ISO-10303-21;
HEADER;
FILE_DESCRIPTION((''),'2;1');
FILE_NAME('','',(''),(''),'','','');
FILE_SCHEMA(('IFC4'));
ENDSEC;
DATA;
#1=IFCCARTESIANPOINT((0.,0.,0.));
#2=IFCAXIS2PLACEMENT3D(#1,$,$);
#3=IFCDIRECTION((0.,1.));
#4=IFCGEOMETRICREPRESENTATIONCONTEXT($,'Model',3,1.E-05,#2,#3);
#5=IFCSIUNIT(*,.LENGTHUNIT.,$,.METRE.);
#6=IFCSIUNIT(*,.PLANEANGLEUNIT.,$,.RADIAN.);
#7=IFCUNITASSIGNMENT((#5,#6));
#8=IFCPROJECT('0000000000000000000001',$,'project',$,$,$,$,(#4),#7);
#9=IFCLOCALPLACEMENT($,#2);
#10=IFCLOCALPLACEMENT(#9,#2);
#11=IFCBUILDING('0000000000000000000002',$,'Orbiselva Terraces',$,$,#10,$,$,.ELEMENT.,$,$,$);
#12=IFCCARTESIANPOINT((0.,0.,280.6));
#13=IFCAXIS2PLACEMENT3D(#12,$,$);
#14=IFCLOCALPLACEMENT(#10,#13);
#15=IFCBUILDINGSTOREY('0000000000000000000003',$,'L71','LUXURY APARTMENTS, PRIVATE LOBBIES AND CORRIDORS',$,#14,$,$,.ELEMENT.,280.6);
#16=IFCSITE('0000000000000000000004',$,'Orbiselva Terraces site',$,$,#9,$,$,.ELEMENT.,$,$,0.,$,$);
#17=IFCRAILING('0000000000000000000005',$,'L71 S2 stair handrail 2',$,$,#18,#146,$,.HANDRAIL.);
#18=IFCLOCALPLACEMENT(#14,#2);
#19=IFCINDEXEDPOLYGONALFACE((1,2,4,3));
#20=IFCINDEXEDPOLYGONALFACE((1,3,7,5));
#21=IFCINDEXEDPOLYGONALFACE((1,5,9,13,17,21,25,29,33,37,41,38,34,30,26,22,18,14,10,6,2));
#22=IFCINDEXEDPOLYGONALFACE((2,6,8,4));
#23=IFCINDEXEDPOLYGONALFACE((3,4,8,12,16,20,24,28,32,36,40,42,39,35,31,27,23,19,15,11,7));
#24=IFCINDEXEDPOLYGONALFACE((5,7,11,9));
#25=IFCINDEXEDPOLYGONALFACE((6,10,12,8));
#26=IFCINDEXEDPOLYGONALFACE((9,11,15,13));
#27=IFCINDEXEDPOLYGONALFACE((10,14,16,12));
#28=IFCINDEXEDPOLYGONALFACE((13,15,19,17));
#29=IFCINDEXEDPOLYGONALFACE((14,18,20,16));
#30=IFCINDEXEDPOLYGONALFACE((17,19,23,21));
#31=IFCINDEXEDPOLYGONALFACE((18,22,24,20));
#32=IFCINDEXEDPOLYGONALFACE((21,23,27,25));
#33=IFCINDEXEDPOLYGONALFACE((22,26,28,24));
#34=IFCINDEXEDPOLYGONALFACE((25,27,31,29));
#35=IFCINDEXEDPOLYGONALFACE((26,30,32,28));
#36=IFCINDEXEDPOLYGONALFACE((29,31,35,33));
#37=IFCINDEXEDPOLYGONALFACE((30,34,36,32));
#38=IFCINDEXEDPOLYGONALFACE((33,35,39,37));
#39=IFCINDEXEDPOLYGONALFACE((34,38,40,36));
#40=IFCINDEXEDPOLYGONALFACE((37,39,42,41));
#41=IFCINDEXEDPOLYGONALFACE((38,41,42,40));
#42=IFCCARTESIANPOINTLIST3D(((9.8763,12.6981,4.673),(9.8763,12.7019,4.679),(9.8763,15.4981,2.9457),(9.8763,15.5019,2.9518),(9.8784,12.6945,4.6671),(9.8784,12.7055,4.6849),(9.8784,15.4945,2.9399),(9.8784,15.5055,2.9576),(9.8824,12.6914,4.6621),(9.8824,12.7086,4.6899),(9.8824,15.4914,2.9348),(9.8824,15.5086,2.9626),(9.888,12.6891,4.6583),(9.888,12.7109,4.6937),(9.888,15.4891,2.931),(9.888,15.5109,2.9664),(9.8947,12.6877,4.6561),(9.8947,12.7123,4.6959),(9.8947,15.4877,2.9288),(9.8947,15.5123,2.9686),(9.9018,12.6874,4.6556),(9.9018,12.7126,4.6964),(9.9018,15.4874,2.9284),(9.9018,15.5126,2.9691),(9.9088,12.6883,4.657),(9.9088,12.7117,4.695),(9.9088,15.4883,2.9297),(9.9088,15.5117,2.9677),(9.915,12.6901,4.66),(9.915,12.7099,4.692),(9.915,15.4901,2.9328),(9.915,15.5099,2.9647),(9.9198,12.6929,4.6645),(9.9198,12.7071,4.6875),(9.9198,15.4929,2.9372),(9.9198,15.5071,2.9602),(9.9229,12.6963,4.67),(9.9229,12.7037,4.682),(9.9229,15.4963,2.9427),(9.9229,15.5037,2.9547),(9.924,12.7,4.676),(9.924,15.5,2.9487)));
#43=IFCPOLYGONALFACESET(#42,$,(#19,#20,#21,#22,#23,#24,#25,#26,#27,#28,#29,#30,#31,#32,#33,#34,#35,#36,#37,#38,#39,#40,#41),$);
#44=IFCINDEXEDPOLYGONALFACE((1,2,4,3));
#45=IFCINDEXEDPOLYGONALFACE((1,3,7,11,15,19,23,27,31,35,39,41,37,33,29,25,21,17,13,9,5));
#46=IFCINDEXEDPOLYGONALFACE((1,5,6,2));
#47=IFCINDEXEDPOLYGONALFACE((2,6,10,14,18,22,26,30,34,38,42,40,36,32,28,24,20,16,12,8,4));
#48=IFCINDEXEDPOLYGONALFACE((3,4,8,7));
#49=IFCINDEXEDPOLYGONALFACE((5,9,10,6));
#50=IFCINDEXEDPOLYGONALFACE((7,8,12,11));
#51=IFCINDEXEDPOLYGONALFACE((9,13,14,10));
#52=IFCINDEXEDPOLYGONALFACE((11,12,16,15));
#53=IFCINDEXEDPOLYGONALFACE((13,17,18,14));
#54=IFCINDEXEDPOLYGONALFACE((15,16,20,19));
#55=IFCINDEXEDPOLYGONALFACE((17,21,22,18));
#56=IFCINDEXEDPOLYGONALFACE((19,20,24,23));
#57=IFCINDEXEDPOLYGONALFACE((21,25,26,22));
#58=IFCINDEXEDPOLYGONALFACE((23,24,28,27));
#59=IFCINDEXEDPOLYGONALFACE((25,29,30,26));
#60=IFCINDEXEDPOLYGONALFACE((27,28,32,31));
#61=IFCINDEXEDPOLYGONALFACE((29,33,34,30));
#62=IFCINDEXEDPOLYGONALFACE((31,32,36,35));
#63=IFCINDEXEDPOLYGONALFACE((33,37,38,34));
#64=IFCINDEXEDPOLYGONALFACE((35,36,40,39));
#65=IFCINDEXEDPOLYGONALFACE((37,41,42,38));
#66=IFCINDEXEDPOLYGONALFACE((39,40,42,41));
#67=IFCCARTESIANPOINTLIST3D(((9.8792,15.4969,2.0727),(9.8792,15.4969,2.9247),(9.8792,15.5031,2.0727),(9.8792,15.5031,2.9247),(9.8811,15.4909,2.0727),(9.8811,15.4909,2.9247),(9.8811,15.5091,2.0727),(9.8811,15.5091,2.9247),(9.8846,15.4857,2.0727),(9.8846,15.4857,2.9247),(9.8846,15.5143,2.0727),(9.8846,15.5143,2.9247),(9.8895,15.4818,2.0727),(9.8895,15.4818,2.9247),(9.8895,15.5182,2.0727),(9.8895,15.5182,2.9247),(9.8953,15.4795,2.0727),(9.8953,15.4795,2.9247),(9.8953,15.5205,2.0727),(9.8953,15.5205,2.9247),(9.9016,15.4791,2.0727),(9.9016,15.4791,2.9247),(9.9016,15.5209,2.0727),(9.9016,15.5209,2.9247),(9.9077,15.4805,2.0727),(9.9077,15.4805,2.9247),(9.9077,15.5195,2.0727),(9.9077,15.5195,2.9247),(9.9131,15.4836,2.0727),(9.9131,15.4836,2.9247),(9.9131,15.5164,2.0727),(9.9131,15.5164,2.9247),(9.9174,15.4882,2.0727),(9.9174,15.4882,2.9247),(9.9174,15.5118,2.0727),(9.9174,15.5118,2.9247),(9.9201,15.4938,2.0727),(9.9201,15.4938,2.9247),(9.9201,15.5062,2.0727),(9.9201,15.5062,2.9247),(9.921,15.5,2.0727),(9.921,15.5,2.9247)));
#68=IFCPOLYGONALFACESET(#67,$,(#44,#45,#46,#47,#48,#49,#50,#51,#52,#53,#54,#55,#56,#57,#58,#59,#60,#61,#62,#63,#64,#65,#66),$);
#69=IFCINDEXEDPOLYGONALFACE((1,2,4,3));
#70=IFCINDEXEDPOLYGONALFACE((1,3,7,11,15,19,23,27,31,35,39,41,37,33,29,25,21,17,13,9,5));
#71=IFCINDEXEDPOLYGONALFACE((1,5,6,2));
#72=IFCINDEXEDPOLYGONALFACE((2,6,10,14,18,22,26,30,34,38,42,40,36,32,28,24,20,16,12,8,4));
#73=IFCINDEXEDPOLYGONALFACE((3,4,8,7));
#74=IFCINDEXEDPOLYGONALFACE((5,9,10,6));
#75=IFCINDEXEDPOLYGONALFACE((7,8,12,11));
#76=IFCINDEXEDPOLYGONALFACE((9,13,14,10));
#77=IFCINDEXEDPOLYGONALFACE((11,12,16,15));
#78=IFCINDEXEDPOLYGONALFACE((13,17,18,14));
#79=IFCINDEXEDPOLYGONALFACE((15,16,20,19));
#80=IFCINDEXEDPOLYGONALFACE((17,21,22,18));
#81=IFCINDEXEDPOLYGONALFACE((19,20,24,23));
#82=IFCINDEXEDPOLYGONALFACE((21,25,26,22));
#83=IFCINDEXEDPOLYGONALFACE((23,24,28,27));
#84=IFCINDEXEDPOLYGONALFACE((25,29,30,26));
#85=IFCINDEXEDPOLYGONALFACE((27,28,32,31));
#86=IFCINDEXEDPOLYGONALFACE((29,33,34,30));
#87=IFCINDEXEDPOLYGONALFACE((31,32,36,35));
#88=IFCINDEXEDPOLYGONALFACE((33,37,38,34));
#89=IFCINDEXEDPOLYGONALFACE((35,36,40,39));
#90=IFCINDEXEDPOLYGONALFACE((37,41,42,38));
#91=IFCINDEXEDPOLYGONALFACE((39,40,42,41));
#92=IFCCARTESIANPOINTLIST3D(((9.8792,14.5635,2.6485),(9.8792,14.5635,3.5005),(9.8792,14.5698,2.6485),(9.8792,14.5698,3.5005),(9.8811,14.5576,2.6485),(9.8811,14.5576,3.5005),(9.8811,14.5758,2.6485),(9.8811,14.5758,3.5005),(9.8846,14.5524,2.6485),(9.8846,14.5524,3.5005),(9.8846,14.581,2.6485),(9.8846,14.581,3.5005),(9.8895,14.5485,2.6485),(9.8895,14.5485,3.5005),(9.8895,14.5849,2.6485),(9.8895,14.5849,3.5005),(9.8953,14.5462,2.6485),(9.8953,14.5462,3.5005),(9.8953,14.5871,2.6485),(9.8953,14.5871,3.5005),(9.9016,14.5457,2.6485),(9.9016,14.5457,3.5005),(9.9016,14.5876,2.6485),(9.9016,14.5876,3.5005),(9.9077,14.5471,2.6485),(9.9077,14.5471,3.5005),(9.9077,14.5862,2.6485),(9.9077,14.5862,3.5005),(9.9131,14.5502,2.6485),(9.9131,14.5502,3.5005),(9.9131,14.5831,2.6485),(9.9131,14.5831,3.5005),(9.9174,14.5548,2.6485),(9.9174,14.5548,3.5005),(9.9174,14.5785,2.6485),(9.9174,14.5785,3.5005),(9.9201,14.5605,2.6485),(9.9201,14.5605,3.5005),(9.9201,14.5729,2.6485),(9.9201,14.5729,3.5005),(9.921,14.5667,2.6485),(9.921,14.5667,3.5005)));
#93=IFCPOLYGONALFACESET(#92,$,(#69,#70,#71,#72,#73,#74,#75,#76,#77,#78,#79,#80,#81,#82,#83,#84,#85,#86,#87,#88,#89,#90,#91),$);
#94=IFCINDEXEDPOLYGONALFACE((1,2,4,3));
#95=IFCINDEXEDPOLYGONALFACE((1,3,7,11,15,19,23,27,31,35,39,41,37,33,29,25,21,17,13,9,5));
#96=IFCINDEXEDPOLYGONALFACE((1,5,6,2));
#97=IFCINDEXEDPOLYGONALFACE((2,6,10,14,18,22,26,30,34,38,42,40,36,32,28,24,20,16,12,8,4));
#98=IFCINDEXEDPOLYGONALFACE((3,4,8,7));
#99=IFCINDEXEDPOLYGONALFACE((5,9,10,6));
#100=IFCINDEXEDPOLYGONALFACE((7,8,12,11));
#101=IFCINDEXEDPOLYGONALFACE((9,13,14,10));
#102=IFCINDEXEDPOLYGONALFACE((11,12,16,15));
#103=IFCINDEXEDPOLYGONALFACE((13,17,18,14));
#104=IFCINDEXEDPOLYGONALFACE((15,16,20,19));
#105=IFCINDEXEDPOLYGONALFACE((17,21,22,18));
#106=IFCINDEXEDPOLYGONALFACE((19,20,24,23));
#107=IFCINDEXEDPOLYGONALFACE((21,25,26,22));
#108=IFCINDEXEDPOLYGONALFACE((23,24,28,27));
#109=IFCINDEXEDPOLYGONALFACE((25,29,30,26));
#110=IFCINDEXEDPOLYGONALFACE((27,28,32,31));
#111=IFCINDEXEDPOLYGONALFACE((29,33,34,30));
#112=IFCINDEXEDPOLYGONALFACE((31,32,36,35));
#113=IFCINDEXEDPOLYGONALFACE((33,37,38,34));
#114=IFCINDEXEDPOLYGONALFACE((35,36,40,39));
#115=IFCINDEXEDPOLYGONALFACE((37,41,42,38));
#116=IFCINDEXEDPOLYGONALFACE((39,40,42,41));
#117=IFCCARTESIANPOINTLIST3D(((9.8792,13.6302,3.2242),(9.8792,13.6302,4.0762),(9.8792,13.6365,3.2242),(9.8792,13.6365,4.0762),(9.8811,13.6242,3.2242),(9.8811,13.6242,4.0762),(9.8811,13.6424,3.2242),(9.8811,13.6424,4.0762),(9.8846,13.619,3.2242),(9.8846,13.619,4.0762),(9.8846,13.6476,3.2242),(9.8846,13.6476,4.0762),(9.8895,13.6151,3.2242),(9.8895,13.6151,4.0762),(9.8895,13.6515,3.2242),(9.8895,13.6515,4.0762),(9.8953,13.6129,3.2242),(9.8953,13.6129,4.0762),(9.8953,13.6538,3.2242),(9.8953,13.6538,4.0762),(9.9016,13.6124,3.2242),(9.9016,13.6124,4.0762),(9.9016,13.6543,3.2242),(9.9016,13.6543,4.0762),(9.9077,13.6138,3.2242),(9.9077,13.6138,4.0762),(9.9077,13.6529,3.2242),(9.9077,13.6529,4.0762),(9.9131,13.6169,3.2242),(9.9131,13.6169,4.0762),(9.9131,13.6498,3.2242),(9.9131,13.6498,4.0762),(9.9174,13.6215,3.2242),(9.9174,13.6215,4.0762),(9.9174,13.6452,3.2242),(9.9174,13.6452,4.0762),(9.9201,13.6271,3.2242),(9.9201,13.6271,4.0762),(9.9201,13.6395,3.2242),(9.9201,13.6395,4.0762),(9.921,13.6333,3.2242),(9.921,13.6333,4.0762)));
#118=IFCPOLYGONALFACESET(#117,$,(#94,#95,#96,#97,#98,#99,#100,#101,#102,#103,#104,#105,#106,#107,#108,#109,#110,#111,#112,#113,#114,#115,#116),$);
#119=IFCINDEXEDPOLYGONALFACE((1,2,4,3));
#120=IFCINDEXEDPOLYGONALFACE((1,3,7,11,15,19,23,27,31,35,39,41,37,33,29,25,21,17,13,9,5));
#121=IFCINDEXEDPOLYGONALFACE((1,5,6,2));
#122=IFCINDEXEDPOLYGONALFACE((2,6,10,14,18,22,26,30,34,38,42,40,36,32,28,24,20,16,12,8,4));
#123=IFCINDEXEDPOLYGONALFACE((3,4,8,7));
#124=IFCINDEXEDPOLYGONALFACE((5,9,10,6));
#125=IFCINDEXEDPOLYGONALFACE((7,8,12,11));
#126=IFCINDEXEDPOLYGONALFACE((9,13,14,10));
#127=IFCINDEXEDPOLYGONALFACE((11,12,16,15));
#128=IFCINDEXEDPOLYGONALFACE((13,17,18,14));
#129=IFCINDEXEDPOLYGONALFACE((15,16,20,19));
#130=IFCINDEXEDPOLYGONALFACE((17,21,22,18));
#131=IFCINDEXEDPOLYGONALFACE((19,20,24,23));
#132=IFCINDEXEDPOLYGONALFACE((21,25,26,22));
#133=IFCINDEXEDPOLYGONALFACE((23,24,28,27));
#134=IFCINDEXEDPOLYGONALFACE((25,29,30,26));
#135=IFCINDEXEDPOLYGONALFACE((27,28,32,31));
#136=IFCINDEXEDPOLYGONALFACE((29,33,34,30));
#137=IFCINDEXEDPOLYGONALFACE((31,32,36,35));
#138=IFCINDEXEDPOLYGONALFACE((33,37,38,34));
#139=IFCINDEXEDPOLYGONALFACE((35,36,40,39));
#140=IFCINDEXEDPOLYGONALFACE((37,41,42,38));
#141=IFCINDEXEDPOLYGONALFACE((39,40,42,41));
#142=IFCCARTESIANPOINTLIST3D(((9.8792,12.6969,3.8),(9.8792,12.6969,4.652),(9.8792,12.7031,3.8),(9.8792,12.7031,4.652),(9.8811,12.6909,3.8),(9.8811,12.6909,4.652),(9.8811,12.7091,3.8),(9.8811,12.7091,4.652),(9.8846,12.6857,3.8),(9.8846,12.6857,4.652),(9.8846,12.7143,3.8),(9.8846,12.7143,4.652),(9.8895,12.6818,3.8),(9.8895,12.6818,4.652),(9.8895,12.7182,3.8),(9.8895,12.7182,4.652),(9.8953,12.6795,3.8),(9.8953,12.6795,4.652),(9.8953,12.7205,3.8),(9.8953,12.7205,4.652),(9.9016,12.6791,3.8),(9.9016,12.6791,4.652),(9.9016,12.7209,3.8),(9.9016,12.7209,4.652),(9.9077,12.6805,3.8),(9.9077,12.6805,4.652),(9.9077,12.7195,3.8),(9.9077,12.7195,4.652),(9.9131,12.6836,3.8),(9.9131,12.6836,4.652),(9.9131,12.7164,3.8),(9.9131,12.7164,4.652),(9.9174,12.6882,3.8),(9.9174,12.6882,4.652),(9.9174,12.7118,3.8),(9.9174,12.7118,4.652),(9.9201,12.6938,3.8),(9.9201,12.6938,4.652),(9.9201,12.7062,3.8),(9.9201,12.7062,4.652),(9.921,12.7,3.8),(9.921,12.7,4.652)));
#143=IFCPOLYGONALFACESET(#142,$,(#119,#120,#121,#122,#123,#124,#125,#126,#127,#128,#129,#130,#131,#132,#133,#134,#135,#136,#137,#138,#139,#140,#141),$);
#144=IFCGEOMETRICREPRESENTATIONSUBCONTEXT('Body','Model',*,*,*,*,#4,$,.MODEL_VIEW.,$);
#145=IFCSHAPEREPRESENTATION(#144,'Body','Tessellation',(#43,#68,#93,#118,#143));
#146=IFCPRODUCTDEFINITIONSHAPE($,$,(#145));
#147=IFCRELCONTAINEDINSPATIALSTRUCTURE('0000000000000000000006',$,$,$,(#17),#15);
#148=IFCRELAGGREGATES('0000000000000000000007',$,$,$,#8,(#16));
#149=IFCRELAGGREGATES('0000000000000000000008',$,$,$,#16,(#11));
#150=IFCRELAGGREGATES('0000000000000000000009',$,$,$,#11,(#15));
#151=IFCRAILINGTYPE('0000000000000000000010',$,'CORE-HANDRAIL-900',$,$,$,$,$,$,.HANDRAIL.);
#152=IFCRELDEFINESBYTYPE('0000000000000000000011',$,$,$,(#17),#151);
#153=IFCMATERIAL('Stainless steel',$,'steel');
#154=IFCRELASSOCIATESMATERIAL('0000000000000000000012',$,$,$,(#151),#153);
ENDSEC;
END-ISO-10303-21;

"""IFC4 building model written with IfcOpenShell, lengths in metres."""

from ifc_helpers import new_model, si_unit, direction, frame, origin, origin_2d, place, context, subcontext, project, spatial, circle, extrude, material, type_object, element, save


model = new_model("IFC4")

# Units and contexts
model_context = context("Model", 3, precision=1e-05, world=origin(), true_north=direction((0.0, 1.0)))
body_context = subcontext(model_context, "Body", "Model", "MODEL_VIEW")
ifc_project = project(units=[si_unit("LENGTHUNIT", "METRE"), si_unit("PLANEANGLEUNIT", "RADIAN")], contexts=[model_context])

# Site, building, storey
site_placement = place(None, origin())
site = spatial("IfcSite", under=ifc_project, at=site_placement, Name="Orbiselva Terraces site", CompositionType="ELEMENT", RefElevation=0.0)
building_placement = place(site_placement, origin())
building = spatial("IfcBuilding", under=site, at=building_placement, Name="Orbiselva Terraces", CompositionType="ELEMENT")
storey_placement = place(building_placement, frame((0.0, 0.0, 280.6)))
storey = spatial("IfcBuildingStorey", under=building, at=storey_placement, Name="L71", Description="LUXURY APARTMENTS, PRIVATE LOBBIES AND CORRIDORS", CompositionType="ELEMENT", Elevation=280.6)

# Railing
ifc_material_1 = material(Name="Stainless steel", Category="steel")
railing_type = type_object("IfcRailingType", Name="CORE-HANDRAIL-900", PredefinedType="HANDRAIL", material=ifc_material_1)
railing_1_placement = place(storey_placement, frame((9.9, 15.5, 2.0727)))
element("IfcRailing", 1, at=railing_1_placement, inside=storey, type_object=railing_type, Name="L71 S2 stair handrail 2", PredefinedType="HANDRAIL", context=body_context, shape_type="SweptSolid", body=[
    extrude(circle(Radius=0.024, at=origin_2d()), frame((0.0, 0.0, 0.876), z_axis=(0.0, -0.851089, 0.525022), x_axis=(1.0, 0.0, 0.0)), (0.0, 0.0, 1.0), 3.2899),
    extrude(circle(Radius=0.021, at=origin_2d()), origin(), (0.0, 0.0, 1.0), 0.852),
    extrude(circle(Radius=0.021, at=origin_2d()), frame((0.0, -0.9333, 0.5758)), (0.0, 0.0, 1.0), 0.852),
    extrude(circle(Radius=0.021, at=origin_2d()), frame((0.0, -1.8667, 1.1515)), (0.0, 0.0, 1.0), 0.852),
    extrude(circle(Radius=0.021, at=origin_2d()), frame((0.0, -2.8, 1.7273)), (0.0, 0.0, 1.0), 0.852),
])

save(model, "model.ifc")
